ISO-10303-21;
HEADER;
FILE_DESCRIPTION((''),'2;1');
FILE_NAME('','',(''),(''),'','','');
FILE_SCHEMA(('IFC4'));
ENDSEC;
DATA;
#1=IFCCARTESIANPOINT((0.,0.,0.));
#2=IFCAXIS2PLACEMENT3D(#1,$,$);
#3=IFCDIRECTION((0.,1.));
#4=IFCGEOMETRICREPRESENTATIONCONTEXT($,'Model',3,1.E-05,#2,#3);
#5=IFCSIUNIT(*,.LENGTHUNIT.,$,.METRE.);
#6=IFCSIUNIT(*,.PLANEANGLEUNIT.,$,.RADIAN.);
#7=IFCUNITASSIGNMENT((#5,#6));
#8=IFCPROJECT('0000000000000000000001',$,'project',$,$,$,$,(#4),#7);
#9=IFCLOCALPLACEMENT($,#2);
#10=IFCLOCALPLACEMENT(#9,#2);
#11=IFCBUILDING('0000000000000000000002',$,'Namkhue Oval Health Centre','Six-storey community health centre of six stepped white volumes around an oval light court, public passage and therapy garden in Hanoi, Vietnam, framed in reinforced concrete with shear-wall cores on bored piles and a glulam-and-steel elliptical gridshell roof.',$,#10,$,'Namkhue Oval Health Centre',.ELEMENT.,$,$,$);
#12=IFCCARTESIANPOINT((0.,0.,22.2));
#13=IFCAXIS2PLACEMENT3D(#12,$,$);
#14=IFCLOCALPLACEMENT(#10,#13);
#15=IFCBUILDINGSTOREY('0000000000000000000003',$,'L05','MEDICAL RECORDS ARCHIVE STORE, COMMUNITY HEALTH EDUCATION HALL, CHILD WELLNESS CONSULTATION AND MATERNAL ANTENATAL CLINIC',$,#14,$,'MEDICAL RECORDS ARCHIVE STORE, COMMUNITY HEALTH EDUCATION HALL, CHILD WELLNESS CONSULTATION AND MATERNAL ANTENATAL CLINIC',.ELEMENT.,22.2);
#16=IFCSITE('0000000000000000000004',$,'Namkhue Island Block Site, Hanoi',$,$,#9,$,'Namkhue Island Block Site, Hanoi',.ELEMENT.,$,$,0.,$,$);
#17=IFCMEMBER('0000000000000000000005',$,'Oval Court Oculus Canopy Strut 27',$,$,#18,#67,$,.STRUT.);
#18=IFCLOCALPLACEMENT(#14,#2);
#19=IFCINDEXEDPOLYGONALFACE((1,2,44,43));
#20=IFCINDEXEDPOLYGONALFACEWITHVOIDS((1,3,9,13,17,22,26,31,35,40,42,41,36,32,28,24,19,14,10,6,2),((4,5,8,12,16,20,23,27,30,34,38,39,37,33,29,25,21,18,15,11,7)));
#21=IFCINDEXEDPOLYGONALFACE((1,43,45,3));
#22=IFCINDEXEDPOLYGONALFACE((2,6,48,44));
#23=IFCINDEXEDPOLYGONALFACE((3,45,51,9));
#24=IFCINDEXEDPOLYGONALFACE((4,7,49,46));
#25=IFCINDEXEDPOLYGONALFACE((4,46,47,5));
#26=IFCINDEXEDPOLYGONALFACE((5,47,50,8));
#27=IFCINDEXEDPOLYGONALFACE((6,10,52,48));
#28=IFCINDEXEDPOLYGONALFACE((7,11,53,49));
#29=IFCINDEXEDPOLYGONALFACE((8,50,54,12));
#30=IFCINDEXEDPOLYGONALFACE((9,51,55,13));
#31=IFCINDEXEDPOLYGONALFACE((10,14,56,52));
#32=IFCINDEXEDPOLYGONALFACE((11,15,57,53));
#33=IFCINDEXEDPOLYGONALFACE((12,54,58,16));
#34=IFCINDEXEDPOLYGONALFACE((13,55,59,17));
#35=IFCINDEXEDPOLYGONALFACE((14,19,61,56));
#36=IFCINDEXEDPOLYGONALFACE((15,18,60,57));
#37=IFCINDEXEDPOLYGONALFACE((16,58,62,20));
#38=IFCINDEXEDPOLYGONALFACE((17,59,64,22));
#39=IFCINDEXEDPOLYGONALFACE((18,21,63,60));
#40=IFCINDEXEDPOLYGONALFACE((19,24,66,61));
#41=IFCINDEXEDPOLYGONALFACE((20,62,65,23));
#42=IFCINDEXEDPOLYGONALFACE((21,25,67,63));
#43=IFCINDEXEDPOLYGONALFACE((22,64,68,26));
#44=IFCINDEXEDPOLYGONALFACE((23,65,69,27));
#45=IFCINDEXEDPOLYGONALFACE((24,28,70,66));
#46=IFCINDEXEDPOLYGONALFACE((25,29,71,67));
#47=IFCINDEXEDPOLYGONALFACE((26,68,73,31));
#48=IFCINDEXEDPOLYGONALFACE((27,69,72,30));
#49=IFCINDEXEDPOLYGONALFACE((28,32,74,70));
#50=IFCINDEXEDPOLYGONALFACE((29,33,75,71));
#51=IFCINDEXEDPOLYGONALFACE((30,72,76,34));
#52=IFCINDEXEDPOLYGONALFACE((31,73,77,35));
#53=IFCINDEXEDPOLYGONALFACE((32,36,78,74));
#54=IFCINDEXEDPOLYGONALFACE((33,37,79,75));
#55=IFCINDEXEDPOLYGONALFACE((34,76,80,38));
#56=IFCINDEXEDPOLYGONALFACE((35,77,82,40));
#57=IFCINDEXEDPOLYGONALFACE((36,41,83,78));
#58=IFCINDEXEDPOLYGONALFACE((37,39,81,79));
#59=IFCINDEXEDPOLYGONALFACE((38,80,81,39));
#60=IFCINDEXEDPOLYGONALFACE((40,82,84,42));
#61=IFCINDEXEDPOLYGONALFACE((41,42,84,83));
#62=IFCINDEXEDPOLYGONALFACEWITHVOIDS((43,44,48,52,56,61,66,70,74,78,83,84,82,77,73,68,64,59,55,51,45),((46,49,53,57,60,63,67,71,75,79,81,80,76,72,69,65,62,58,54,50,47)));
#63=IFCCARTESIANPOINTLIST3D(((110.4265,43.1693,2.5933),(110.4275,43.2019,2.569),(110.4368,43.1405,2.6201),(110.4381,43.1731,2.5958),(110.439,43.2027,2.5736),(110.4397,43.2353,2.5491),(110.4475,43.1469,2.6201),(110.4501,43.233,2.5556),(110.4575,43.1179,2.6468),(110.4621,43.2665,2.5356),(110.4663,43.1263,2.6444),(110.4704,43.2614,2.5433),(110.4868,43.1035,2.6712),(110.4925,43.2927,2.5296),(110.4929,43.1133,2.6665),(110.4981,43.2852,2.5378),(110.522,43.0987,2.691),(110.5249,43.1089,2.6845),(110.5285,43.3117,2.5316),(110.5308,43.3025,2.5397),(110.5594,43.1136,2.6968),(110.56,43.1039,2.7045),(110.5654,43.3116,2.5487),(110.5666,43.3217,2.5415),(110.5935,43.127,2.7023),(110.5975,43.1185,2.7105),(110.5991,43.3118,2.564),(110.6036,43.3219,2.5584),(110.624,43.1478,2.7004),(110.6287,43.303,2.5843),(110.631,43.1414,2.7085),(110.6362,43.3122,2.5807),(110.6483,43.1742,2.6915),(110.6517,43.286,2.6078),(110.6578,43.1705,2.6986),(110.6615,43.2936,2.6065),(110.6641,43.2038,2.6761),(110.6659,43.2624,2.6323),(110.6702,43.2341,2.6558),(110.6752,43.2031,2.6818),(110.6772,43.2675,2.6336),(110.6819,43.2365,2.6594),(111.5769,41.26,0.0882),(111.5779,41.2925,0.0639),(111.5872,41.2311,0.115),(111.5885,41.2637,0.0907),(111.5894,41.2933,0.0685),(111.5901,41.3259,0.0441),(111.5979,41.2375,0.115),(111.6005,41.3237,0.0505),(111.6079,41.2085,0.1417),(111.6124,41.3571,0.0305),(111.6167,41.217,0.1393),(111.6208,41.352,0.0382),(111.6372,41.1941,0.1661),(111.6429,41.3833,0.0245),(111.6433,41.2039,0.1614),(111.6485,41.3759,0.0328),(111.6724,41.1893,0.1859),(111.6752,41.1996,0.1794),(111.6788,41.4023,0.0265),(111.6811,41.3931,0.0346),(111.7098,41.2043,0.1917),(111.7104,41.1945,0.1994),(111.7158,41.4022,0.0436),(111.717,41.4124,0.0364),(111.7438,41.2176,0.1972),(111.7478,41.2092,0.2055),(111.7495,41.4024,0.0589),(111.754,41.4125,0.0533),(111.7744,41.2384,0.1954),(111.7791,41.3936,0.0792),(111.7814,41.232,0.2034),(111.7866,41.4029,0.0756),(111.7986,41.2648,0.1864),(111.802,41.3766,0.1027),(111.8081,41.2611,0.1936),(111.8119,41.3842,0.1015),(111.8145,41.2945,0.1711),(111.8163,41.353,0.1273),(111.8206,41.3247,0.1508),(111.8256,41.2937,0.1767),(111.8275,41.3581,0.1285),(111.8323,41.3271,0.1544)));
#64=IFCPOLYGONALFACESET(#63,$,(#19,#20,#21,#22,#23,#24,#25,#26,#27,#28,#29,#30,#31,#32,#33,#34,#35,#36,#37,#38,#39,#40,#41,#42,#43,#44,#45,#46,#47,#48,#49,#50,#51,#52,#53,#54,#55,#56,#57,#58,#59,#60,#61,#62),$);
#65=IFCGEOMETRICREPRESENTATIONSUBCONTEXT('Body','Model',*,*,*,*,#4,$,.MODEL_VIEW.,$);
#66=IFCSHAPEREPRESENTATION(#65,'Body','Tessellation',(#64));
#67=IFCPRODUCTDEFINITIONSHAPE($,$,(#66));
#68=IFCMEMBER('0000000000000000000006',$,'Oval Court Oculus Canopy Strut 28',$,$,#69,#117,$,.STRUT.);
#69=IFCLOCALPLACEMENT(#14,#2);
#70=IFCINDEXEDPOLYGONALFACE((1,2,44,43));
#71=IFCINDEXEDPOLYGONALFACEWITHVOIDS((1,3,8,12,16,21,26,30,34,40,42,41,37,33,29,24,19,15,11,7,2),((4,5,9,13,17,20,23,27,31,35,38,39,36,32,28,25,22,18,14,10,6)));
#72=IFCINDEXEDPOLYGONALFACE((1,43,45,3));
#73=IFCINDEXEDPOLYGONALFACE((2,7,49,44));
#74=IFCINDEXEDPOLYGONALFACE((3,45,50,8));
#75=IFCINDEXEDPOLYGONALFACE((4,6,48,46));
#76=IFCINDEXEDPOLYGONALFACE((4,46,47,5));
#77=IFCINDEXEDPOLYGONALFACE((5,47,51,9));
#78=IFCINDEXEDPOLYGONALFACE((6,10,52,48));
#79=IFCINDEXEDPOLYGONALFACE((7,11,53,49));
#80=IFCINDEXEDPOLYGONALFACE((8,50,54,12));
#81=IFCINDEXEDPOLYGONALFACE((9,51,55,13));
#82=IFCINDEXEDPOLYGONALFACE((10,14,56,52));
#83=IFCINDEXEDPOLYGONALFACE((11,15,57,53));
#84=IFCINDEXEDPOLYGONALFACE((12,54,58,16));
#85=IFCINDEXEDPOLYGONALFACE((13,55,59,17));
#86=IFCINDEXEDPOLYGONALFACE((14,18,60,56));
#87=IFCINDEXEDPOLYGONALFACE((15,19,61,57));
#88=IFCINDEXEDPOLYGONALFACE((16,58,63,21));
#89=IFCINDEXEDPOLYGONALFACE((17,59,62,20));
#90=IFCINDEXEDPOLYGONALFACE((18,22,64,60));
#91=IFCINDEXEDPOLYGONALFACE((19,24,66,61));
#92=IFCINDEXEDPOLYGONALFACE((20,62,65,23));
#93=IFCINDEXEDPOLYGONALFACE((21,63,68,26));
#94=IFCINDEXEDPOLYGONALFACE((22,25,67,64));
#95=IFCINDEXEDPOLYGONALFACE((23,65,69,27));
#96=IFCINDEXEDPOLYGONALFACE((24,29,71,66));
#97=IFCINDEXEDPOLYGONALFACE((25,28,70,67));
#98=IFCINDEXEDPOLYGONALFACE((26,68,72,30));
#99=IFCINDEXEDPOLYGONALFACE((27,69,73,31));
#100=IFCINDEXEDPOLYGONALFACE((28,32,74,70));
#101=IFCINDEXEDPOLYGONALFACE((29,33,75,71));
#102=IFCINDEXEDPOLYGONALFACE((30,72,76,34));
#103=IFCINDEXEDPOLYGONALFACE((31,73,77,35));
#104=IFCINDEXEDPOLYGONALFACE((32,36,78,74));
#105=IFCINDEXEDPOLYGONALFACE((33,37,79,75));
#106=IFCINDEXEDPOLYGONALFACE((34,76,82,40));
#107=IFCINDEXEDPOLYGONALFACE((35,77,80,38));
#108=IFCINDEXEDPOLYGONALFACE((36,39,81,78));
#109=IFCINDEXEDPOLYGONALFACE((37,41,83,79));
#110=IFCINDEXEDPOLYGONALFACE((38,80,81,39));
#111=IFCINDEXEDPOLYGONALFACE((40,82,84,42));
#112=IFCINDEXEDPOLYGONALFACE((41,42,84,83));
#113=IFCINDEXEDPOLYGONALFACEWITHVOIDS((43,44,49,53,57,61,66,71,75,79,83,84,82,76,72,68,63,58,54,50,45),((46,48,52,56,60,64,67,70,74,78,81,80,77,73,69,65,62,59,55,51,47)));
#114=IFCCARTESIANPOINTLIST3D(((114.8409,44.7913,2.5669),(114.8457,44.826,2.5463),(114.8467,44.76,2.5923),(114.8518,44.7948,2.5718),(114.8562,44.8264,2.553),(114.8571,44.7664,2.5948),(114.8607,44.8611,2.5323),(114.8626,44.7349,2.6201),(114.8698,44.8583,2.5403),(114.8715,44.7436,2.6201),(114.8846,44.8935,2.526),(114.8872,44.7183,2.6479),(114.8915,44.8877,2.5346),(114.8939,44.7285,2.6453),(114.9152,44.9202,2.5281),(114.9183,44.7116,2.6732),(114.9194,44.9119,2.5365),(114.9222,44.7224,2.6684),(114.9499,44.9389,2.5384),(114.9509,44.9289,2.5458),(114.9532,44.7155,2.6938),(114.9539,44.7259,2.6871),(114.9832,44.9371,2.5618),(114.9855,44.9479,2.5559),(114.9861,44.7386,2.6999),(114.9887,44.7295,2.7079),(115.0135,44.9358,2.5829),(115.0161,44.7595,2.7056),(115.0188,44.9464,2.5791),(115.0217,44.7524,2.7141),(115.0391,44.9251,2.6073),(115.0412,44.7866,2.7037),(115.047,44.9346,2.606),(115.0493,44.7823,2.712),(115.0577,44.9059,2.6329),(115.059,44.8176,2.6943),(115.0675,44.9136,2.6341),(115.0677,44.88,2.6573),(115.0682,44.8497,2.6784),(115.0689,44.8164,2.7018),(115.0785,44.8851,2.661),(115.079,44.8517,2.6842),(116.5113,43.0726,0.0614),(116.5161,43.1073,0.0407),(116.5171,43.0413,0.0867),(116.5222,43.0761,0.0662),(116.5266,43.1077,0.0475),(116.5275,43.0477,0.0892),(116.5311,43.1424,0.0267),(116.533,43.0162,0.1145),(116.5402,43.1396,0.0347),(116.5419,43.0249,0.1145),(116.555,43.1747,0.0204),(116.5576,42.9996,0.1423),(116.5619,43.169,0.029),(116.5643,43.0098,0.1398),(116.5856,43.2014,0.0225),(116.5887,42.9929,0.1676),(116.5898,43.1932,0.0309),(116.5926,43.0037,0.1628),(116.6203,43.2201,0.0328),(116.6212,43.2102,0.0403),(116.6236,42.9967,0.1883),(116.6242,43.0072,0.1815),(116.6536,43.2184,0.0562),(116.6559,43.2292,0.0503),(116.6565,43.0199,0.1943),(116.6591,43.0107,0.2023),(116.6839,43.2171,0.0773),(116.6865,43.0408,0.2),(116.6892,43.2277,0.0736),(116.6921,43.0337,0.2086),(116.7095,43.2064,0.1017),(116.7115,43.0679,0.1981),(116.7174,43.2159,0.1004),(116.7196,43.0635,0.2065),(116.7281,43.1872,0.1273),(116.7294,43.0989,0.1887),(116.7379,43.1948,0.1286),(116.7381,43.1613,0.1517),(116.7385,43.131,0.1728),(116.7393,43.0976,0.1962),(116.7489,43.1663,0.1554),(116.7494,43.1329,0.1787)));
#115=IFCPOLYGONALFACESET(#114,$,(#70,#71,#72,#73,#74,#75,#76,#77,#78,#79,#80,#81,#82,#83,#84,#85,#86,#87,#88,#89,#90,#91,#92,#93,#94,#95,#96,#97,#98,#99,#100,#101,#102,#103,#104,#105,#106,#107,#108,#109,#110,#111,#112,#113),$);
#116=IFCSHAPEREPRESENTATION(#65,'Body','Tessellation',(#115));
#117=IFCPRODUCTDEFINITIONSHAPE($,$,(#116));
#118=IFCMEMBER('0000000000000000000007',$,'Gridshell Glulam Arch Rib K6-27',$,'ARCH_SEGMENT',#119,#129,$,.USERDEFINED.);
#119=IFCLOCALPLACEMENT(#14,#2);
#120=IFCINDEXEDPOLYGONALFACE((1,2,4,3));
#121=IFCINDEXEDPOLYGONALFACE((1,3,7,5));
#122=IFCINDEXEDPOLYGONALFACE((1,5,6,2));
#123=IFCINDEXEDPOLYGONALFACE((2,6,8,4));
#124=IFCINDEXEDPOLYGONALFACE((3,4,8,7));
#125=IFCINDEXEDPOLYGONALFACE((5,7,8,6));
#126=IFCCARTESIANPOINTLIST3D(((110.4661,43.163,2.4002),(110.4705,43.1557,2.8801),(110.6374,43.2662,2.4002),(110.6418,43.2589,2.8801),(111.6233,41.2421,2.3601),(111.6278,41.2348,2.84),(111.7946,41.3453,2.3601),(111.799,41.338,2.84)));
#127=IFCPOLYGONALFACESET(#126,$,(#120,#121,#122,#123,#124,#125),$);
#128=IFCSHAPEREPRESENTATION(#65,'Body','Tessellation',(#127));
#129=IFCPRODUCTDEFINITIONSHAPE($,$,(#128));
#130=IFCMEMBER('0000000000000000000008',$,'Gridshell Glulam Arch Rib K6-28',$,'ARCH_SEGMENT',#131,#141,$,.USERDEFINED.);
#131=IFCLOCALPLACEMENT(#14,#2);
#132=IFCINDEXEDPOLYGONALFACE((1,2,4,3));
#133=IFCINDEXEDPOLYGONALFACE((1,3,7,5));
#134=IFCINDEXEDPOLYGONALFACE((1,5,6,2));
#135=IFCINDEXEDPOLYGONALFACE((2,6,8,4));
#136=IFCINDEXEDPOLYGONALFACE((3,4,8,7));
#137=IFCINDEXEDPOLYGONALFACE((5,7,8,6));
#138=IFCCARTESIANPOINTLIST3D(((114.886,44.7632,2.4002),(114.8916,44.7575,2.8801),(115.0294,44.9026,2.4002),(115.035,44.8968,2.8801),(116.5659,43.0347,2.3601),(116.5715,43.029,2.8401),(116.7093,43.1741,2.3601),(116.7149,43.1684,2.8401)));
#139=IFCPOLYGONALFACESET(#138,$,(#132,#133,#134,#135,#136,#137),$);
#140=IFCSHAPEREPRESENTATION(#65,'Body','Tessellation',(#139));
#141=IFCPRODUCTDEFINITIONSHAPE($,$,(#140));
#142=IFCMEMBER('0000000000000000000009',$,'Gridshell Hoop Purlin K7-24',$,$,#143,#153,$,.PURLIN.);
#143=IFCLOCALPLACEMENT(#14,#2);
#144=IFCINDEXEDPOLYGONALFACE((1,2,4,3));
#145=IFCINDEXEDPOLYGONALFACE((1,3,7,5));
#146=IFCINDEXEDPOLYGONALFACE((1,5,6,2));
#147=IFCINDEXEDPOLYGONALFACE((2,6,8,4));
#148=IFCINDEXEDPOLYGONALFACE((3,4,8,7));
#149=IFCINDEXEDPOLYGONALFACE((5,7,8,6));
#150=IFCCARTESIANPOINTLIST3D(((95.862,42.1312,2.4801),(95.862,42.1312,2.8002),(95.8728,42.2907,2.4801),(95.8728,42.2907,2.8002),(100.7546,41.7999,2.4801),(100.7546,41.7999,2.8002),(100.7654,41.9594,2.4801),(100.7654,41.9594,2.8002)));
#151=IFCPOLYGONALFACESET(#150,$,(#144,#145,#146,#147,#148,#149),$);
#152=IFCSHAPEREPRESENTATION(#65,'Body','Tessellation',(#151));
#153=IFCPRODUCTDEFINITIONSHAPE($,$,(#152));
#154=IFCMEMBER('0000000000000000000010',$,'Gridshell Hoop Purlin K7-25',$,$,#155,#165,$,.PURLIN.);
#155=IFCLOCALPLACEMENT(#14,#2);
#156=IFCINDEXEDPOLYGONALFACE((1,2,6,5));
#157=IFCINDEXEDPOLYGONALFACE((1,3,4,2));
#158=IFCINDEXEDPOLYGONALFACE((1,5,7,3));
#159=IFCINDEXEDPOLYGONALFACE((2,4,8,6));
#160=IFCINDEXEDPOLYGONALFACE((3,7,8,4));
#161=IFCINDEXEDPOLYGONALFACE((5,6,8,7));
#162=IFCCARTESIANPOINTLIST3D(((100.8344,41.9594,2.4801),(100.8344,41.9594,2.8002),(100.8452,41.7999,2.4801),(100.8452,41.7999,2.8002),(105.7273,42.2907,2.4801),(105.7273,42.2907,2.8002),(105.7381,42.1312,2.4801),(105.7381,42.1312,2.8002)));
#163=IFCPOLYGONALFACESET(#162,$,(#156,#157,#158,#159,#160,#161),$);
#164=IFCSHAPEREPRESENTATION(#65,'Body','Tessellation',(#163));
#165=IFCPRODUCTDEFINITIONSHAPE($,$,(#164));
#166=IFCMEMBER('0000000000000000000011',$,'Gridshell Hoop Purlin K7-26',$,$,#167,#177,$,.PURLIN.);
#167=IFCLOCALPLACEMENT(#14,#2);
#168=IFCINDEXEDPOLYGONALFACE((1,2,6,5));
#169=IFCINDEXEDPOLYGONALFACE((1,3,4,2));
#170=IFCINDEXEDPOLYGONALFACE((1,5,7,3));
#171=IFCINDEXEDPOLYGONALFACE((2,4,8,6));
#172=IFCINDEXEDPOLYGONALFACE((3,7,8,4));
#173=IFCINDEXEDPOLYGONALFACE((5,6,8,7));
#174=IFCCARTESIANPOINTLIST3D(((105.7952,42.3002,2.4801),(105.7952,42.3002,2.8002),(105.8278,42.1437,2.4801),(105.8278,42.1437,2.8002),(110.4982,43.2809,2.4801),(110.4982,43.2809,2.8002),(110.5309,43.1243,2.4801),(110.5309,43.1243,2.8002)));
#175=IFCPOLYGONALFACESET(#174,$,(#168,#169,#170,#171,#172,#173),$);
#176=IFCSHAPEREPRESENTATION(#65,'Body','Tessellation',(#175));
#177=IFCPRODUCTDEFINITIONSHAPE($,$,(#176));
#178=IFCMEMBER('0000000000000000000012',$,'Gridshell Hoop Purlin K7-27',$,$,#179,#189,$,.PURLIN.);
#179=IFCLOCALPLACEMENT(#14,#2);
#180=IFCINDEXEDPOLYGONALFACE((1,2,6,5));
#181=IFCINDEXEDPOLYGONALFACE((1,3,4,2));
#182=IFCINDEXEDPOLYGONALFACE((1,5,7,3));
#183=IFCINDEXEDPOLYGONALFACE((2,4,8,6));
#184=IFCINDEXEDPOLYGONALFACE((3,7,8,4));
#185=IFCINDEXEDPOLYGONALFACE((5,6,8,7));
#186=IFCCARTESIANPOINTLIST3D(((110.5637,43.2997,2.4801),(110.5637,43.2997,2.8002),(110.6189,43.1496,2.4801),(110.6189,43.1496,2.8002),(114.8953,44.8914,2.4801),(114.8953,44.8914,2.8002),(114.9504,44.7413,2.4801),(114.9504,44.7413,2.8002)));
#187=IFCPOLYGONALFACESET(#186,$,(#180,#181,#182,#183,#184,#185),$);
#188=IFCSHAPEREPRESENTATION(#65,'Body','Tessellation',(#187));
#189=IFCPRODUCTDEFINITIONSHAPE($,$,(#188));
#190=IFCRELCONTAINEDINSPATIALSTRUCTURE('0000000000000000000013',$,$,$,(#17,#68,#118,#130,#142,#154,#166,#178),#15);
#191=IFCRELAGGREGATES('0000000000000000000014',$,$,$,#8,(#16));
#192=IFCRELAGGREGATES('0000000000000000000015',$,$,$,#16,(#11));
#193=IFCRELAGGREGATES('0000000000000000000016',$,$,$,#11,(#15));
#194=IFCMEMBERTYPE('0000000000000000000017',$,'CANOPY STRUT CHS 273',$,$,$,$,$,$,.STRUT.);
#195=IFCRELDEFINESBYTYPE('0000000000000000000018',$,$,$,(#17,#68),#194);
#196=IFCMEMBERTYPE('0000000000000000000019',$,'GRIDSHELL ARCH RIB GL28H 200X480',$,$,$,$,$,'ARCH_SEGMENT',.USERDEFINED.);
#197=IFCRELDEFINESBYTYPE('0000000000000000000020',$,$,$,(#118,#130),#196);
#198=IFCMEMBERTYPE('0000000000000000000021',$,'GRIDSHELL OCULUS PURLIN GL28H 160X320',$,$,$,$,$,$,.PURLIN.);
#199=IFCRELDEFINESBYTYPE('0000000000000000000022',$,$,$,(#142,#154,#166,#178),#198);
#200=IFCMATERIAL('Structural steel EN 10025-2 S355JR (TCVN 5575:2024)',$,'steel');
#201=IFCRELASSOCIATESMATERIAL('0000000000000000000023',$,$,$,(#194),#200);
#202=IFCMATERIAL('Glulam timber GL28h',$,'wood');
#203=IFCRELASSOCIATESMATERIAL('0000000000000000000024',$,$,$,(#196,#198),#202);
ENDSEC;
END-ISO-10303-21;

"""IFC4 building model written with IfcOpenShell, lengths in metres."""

from ifc_helpers import new_model, si_unit, direction, frame, origin, origin_2d, place, context, subcontext, project, spatial, rectangle, hollow_circle, extrude, material, material_profile, profile_set, type_object, element, save


model = new_model("IFC4")

# Units and contexts
model_context = context("Model", 3, precision=1e-05, world=origin(), true_north=direction((0.0, 1.0)))
body_context = subcontext(model_context, "Body", "Model", "MODEL_VIEW")
ifc_project = project(units=[si_unit("LENGTHUNIT", "METRE"), si_unit("PLANEANGLEUNIT", "RADIAN")], contexts=[model_context])

# Site, building, storey
site_placement = place(None, origin())
site = spatial("IfcSite", under=ifc_project, at=site_placement, Name="Namkhue Island Block Site, Hanoi", LongName="Namkhue Island Block Site, Hanoi", CompositionType="ELEMENT", RefElevation=0.0)
building_placement = place(site_placement, origin())
building = spatial("IfcBuilding", under=site, at=building_placement, Name="Namkhue Oval Health Centre", Description="Six-storey community health centre of six stepped white volumes around an oval light court, public passage and therapy garden in Hanoi, Vietnam, framed in reinforced concrete with shear-wall cores on bored piles and a glulam-and-steel elliptical gridshell roof.", LongName="Namkhue Oval Health Centre", CompositionType="ELEMENT")
storey_placement = place(building_placement, frame((0.0, 0.0, 22.2)))
storey = spatial("IfcBuildingStorey", under=building, at=storey_placement, Name="L05", Description="MEDICAL RECORDS ARCHIVE STORE, COMMUNITY HEALTH EDUCATION HALL, CHILD WELLNESS CONSULTATION AND MATERNAL ANTENATAL CLINIC", LongName="MEDICAL RECORDS ARCHIVE STORE, COMMUNITY HEALTH EDUCATION HALL, CHILD WELLNESS CONSULTATION AND MATERNAL ANTENATAL CLINIC", CompositionType="ELEMENT", Elevation=22.2)

# Members
ifc_material_1 = material(Name="Structural steel EN 10025-2 S355JR (TCVN 5575:2024)", Category="steel")
ifc_material_profile_1 = material_profile(ifc_material_1, hollow_circle(Radius=0.1365, WallThickness=0.0125, at=origin_2d()), Name="CHS 273x12.5")
ifc_profile_set_1 = profile_set([ifc_material_profile_1], Name="Structural steel EN 10025-2 S355JR (TCVN 5575:2024)")
member_type_1 = type_object("IfcMemberType", Name="CANOPY STRUT CHS 273", PredefinedType="STRUT", material=ifc_profile_set_1)
member_1_placement = place(storey_placement, frame((111.7041, 41.3015, 0.115), z_axis=(-0.343057, 0.569408, 0.747052), x_axis=(-0.856554, -0.516057, 0.0)))
element("IfcMember", 1, at=member_1_placement, inside=storey, type_object=member_type_1, Name="Oval Court Oculus Canopy Strut 27", PredefinedType="STRUT", context=body_context, shape_type="SweptSolid", body=[
    extrude(hollow_circle(Radius=0.1365, WallThickness=0.0125, at=origin_2d()), origin(), (0.0, 0.0, 1.0), 3.3533),
])
member_2_placement = place(storey_placement, frame((116.6309, 43.1113, 0.1145), z_axis=(-0.481755, 0.495696, 0.722632), x_axis=(-0.717119, -0.69695, 0.0)))
element("IfcMember", 2, at=member_2_placement, inside=storey, type_object=member_type_1, Name="Oval Court Oculus Canopy Strut 28", PredefinedType="STRUT", context=body_context, shape_type="SweptSolid", body=[
    extrude(hollow_circle(Radius=0.1365, WallThickness=0.0125, at=origin_2d()), origin(), (0.0, 0.0, 1.0), 3.4673),
])
ifc_material_2 = material(Name="Glulam timber GL28h", Category="wood")
ifc_material_profile_2 = material_profile(ifc_material_2, rectangle(XDim=0.2, YDim=0.48, at=origin_2d()), Name="GL28h 200x480")
ifc_profile_set_2 = profile_set([ifc_material_profile_2], Name="Glulam timber GL28h")
member_type_2 = type_object("IfcMemberType", Name="GRIDSHELL ARCH RIB GL28H 200X480", ElementType="ARCH_SEGMENT", PredefinedType="USERDEFINED", material=ifc_profile_set_2)
member_3_placement = place(storey_placement, frame((111.7112, 41.29, 2.6001), z_axis=(-0.51595, 0.856433, 0.017851), x_axis=(-0.856569, -0.516032, 0.0)))
element("IfcMember", 3, at=member_3_placement, inside=storey, type_object=member_type_2, Name="Gridshell Glulam Arch Rib K6-27", ObjectType="ARCH_SEGMENT", PredefinedType="USERDEFINED", context=body_context, shape_type="SweptSolid", body=[
    extrude(rectangle(XDim=0.2, YDim=0.48, at=origin_2d()), origin(), (0.0, 0.0, 1.0), 2.2429),
])
member_4_placement = place(storey_placement, frame((116.6404, 43.1016, 2.6001), z_axis=(-0.696861, 0.717014, 0.016609), x_axis=(-0.717113, -0.696957, 0.0)))
element("IfcMember", 4, at=member_4_placement, inside=storey, type_object=member_type_2, Name="Gridshell Glulam Arch Rib K6-28", ObjectType="ARCH_SEGMENT", PredefinedType="USERDEFINED", context=body_context, shape_type="SweptSolid", body=[
    extrude(rectangle(XDim=0.2, YDim=0.48, at=origin_2d()), origin(), (0.0, 0.0, 1.0), 2.4106),
])
ifc_material_profile_3 = material_profile(ifc_material_2, rectangle(XDim=0.1599, YDim=0.3201, at=origin_2d()), Name="GL28h 160x320")
ifc_profile_set_3 = profile_set([ifc_material_profile_3], Name="Glulam timber GL28h")
member_type_3 = type_object("IfcMemberType", Name="GRIDSHELL OCULUS PURLIN GL28H 160X320", PredefinedType="PURLIN", material=ifc_profile_set_3)
member_5_placement = place(storey_placement, frame((95.8674, 42.2109, 2.6401), z_axis=(0.997715, -0.06756, 0.0), x_axis=(0.06756, 0.997715, 0.0)))
element("IfcMember", 5, at=member_5_placement, inside=storey, type_object=member_type_3, Name="Gridshell Hoop Purlin K7-24", PredefinedType="PURLIN", context=body_context, shape_type="SweptSolid", body=[
    extrude(rectangle(XDim=0.1599, YDim=0.3201, at=origin_2d()), origin(), (0.0, 0.0, 1.0), 4.9038),
])
member_6_placement = place(storey_placement, frame((100.8398, 41.8796, 2.6401), z_axis=(0.997715, 0.067557, 0.0), x_axis=(-0.067557, 0.997715, 0.0)))
element("IfcMember", 6, at=member_6_placement, inside=storey, type_object=member_type_3, Name="Gridshell Hoop Purlin K7-25", PredefinedType="PURLIN", context=body_context, shape_type="SweptSolid", body=[
    extrude(rectangle(XDim=0.1599, YDim=0.3201, at=origin_2d()), origin(), (0.0, 0.0, 1.0), 4.9041),
])
member_7_placement = place(storey_placement, frame((105.8115, 42.2219, 2.6401), z_axis=(0.978943, 0.204133, 0.0), x_axis=(-0.204133, 0.978943, 0.0)))
element("IfcMember", 7, at=member_7_placement, inside=storey, type_object=member_type_3, Name="Gridshell Hoop Purlin K7-26", PredefinedType="PURLIN", context=body_context, shape_type="SweptSolid", body=[
    extrude(rectangle(XDim=0.1599, YDim=0.3201, at=origin_2d()), origin(), (0.0, 0.0, 1.0), 4.8042),
])
member_8_placement = place(storey_placement, frame((110.5913, 43.2246, 2.6401), z_axis=(0.938626, 0.344935, 0.0), x_axis=(-0.344935, 0.938626, 0.0)))
element("IfcMember", 8, at=member_8_placement, inside=storey, type_object=member_type_3, Name="Gridshell Hoop Purlin K7-27", PredefinedType="PURLIN", context=body_context, shape_type="SweptSolid", body=[
    extrude(rectangle(XDim=0.1599, YDim=0.3201, at=origin_2d()), origin(), (0.0, 0.0, 1.0), 4.6147),
])

save(model, "model.ifc")
